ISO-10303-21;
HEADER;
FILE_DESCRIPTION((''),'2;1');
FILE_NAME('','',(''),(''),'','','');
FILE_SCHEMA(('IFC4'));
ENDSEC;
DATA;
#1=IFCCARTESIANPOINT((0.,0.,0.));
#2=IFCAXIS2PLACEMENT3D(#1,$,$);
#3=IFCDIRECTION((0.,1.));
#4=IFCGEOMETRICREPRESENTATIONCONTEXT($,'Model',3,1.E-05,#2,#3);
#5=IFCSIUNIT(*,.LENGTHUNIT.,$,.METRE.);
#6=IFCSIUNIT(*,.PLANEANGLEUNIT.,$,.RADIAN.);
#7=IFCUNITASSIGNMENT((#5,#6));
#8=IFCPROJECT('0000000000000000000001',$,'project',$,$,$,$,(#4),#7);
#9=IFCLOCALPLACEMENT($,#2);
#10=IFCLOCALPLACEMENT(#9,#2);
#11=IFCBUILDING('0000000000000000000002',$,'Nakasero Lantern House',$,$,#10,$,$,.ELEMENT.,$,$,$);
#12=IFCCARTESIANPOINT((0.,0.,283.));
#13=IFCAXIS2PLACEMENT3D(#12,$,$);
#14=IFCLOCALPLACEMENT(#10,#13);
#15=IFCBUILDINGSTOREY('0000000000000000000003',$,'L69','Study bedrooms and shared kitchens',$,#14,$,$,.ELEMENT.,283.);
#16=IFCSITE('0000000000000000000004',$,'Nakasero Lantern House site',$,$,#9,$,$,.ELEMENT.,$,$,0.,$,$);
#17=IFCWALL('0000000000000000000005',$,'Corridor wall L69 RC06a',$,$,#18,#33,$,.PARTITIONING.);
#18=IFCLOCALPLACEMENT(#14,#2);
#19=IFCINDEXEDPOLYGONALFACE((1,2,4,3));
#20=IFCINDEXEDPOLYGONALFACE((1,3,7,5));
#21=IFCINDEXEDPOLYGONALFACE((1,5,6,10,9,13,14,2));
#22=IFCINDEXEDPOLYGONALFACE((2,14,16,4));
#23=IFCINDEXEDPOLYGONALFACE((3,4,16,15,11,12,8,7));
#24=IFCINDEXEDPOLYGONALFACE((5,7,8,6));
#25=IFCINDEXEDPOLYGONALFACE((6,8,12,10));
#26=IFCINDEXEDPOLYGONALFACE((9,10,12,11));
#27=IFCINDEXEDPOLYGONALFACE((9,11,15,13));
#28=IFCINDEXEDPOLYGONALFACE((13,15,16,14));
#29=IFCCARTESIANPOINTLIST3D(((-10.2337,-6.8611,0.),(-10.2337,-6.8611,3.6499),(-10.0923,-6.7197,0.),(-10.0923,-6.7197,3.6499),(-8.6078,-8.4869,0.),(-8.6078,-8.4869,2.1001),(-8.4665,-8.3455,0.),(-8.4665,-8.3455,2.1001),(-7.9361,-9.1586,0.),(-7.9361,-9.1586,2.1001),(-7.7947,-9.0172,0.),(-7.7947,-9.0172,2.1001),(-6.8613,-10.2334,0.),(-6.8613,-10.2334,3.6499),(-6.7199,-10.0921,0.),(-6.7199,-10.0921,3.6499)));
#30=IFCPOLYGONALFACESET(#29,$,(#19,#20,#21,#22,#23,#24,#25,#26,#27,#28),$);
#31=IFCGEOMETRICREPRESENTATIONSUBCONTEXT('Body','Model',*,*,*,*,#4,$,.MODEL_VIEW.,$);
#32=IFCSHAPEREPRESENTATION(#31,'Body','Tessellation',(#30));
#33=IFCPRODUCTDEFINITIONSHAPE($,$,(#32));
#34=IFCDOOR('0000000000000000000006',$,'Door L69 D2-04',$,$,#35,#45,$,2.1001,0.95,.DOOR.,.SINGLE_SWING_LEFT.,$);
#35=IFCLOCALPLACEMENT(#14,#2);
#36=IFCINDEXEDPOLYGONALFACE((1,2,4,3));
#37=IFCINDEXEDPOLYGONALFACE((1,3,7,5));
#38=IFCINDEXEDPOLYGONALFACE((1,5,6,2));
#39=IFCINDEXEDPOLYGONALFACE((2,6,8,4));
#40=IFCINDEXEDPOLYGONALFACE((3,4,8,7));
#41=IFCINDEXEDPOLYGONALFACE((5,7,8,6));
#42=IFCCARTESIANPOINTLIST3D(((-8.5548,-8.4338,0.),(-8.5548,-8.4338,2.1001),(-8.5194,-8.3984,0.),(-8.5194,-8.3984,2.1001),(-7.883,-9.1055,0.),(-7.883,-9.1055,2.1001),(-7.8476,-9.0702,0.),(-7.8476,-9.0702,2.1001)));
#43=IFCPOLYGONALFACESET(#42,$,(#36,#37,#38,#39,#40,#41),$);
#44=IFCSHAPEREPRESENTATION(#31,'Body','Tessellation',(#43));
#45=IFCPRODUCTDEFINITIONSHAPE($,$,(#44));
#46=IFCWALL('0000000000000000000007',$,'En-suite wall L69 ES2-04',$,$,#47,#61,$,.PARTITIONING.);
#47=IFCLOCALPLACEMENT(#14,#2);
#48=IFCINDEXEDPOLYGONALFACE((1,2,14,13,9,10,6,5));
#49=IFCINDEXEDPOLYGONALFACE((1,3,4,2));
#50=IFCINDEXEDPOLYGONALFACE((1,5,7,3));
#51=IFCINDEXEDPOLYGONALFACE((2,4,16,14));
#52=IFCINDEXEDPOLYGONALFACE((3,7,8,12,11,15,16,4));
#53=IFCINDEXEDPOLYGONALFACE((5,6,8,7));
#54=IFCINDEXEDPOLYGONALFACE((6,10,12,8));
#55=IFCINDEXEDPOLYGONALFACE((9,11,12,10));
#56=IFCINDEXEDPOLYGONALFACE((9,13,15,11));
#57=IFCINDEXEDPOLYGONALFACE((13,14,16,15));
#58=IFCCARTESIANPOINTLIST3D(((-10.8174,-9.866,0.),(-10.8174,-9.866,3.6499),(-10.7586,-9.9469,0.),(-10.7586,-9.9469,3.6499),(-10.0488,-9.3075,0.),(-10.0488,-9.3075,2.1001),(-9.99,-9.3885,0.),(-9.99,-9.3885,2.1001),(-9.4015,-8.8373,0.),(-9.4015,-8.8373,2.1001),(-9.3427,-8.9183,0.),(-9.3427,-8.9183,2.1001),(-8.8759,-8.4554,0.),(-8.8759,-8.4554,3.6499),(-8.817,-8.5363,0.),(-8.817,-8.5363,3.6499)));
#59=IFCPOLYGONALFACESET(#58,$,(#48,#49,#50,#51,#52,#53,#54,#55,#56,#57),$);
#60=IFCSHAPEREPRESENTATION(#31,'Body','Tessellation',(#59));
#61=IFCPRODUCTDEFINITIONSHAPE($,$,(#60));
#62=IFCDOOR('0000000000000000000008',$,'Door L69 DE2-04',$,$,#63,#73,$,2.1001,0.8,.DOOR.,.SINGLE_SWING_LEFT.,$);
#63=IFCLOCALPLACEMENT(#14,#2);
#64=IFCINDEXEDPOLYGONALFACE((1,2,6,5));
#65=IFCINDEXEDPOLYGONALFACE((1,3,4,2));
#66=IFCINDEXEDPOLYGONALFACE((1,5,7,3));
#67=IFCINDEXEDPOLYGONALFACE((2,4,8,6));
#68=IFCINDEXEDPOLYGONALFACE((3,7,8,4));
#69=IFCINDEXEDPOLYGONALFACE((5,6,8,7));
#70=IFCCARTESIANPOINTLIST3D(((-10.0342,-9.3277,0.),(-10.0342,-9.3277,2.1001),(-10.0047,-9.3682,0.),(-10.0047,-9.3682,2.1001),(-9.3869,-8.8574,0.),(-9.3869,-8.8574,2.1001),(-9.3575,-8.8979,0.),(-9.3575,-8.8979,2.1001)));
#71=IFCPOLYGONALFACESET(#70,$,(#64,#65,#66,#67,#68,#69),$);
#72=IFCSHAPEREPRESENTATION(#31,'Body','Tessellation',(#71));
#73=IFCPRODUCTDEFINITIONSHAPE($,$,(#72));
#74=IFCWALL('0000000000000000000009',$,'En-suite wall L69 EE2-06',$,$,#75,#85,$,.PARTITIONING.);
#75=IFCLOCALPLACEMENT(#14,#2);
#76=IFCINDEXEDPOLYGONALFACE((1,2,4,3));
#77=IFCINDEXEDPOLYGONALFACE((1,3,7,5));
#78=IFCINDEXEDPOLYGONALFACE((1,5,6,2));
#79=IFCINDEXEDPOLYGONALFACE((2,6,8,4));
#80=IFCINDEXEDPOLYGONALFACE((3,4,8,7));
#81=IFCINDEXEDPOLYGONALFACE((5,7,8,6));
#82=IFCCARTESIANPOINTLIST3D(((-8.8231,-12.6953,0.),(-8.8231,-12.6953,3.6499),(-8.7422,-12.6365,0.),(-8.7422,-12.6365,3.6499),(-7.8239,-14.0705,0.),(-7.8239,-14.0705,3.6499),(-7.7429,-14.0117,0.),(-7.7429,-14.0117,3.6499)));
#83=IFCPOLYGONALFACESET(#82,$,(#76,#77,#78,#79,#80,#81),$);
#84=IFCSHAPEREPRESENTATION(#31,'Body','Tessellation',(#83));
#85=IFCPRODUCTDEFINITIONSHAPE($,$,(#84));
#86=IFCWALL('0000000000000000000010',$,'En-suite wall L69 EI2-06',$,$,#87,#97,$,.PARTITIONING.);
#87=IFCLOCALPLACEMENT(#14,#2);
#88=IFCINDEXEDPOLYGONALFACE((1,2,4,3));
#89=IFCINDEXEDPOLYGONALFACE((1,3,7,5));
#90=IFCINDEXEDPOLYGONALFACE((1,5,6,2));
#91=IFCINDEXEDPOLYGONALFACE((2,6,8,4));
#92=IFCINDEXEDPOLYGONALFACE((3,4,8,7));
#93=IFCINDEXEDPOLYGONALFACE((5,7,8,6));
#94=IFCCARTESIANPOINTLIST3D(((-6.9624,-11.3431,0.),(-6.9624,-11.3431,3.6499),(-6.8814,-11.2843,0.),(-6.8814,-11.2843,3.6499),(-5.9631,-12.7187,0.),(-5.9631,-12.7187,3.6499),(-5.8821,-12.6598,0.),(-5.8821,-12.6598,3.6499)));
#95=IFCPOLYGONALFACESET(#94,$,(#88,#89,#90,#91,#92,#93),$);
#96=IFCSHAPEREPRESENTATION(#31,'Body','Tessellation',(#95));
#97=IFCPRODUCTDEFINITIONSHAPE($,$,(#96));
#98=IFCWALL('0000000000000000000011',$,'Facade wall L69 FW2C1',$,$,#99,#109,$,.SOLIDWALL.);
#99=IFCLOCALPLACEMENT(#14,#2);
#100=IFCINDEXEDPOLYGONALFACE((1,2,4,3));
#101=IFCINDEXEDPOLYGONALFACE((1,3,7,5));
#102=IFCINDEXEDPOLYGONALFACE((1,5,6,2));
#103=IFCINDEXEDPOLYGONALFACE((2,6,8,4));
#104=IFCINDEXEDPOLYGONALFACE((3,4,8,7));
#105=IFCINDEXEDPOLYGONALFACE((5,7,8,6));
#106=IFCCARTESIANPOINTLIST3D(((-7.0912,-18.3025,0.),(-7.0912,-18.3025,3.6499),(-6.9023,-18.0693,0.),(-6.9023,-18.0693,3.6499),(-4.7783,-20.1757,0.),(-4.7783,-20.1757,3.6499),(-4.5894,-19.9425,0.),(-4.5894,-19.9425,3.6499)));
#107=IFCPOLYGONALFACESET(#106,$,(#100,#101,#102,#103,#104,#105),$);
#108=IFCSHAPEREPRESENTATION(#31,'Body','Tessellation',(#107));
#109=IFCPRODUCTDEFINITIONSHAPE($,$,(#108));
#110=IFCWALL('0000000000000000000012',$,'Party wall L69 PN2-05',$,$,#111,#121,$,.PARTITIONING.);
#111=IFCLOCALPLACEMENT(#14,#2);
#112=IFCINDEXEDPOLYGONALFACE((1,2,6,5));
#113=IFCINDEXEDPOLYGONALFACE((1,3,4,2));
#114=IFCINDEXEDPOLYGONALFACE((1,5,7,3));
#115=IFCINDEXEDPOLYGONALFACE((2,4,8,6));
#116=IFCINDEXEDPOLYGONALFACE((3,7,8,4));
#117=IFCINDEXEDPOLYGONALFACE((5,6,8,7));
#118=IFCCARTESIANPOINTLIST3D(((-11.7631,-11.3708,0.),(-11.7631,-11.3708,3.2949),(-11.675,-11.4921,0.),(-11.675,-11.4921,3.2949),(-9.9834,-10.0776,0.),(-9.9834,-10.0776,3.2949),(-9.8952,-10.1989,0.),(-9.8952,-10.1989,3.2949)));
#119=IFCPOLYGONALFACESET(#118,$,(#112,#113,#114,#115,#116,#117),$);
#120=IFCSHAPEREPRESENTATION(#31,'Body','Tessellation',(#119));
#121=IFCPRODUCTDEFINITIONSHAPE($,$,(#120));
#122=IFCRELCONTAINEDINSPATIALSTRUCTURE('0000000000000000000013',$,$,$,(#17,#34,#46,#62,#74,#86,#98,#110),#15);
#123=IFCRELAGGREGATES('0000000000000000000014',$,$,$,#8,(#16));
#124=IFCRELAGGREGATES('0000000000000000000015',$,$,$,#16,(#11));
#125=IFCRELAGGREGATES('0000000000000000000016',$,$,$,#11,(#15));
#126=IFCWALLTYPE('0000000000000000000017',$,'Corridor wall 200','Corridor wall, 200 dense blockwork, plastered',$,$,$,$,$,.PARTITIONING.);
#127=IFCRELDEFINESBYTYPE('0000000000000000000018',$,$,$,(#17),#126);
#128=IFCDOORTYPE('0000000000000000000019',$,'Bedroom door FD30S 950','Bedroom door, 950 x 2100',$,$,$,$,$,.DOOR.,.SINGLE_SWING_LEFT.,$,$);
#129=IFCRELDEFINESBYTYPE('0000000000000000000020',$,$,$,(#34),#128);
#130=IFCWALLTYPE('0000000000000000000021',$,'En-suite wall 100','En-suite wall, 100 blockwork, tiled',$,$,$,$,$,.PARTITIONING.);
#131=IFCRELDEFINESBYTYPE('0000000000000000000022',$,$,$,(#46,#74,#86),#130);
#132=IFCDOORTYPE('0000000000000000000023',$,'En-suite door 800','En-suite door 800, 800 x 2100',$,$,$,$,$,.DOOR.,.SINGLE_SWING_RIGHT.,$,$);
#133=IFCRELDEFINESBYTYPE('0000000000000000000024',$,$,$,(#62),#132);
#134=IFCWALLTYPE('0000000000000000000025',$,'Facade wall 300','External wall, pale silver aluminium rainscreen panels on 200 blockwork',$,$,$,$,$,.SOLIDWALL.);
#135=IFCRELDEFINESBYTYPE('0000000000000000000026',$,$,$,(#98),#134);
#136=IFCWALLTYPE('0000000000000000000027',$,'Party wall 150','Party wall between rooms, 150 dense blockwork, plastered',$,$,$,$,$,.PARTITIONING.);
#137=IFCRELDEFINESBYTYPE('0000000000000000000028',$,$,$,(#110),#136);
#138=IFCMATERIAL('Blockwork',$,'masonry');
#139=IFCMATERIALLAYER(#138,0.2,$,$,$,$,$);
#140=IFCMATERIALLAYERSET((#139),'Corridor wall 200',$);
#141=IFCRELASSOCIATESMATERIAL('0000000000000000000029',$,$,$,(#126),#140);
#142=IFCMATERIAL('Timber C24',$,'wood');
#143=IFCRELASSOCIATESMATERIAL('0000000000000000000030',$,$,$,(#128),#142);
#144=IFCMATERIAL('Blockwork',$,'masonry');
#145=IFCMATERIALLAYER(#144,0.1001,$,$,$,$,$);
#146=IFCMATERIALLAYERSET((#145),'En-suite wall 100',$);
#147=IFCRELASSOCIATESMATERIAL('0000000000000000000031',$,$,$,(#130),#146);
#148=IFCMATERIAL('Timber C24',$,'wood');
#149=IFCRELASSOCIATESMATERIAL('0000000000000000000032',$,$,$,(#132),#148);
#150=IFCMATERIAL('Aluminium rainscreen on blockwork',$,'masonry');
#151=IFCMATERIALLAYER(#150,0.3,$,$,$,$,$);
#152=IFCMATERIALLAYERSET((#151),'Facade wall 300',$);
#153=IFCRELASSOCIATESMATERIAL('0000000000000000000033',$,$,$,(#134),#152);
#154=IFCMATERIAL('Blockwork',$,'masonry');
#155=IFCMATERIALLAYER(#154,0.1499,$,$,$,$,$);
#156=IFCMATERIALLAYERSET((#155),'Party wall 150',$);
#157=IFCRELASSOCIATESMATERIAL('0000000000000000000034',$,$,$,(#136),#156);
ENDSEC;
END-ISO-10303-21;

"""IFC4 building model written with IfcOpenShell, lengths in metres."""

from ifc_helpers import new_model, si_unit, direction, frame, frame_2d, origin, place, context, subcontext, project, spatial, rectangle, extrude, material, layer, layer_set, type_object, element, fill, save


model = new_model("IFC4")

# Units and contexts
model_context = context("Model", 3, precision=1e-05, world=origin(), true_north=direction((0.0, 1.0)))
body_context = subcontext(model_context, "Body", "Model", "MODEL_VIEW")
ifc_project = project(units=[si_unit("LENGTHUNIT", "METRE"), si_unit("PLANEANGLEUNIT", "RADIAN")], contexts=[model_context])

# Site, building, storey
site_placement = place(None, origin())
site = spatial("IfcSite", under=ifc_project, at=site_placement, Name="Nakasero Lantern House site", CompositionType="ELEMENT", RefElevation=0.0)
building_placement = place(site_placement, origin())
building = spatial("IfcBuilding", under=site, at=building_placement, Name="Nakasero Lantern House", CompositionType="ELEMENT")
storey_placement = place(building_placement, frame((0.0, 0.0, 283.0)))
storey = spatial("IfcBuildingStorey", under=building, at=storey_placement, Name="L69", Description="Study bedrooms and shared kitchens", CompositionType="ELEMENT", Elevation=283.0)

# Walls, openings, doors
ifc_material_1 = material(Name="Blockwork", Category="masonry")
ifc_layer_1 = layer(ifc_material_1, 0.2)
ifc_layer_set_1 = layer_set([ifc_layer_1], Name="Corridor wall 200")
wall_type_1 = type_object("IfcWallType", Name="Corridor wall 200", Description="Corridor wall, 200 dense blockwork, plastered", PredefinedType="PARTITIONING", material=ifc_layer_set_1)
wall_1_placement = place(storey_placement, frame((-6.7905, -10.1628, 0.0), z_axis=(0.0, 0.0, 1.0), x_axis=(-0.707107, 0.707107, 0.0)))
wall_1 = element("IfcWall", 1, at=wall_1_placement, inside=storey, type_object=wall_type_1, Name="Corridor wall L69 RC06a", PredefinedType="PARTITIONING", context=body_context, shape_type="SweptSolid", body=[
    extrude(rectangle(XDim=4.7693, YDim=0.2, at=frame_2d((2.3848, 0.0))), origin(), (0.0, 0.0, 1.0), 3.6499),
])
opening_1_placement = place(wall_1_placement, frame((1.52, 0.0, 0.0)))
opening_1 = element("IfcOpeningElement", 2, at=opening_1_placement, cuts=wall_1, PredefinedType="OPENING", context=body_context, shape_type="SweptSolid", body=[
    extrude(rectangle(XDim=0.95, YDim=2.1001, at=frame_2d((0.4751, 1.05))), frame((0.0, 0.1199, 0.0), z_axis=(0.0, -1.0, 0.0), x_axis=(1.0, 0.0, 0.0)), (0.0, 0.0, 1.0), 0.24),
])
ifc_material_2 = material(Name="Timber C24", Category="wood")
door_type_1 = type_object("IfcDoorType", Name="Bedroom door FD30S 950", Description="Bedroom door, 950 x 2100", OperationType="SINGLE_SWING_LEFT", PredefinedType="DOOR", material=ifc_material_2)
door_1_placement = place(opening_1_placement, origin())
door_1 = element("IfcDoor", 3, at=door_1_placement, inside=storey, type_object=door_type_1, Name="Door L69 D2-04", OperationType="SINGLE_SWING_LEFT", OverallHeight=2.1001, OverallWidth=0.95, PredefinedType="DOOR", context=body_context, shape_type="SweptSolid", body=[
    extrude(rectangle(XDim=0.95, YDim=2.1001, at=frame_2d((0.4751, 1.05))), frame((0.0, 0.0249, 0.0), z_axis=(0.0, -1.0, 0.0), x_axis=(1.0, 0.0, 0.0)), (0.0, 0.0, 1.0), 0.05),
])
fill(opening_1, door_1)
ifc_material_3 = material(Name="Blockwork", Category="masonry")
ifc_layer_2 = layer(ifc_material_3, 0.1001)
ifc_layer_set_2 = layer_set([ifc_layer_2], Name="En-suite wall 100")
wall_type_2 = type_object("IfcWallType", Name="En-suite wall 100", Description="En-suite wall, 100 blockwork, tiled", PredefinedType="PARTITIONING", material=ifc_layer_set_2)
wall_2_placement = place(storey_placement, frame((-8.8464, -8.4958, 0.0), z_axis=(0.0, 0.0, 1.0), x_axis=(-0.809026, -0.587772, 0.0)))
wall_2 = element("IfcWall", 4, at=wall_2_placement, inside=storey, type_object=wall_type_2, Name="En-suite wall L69 ES2-04", PredefinedType="PARTITIONING", context=body_context, shape_type="SweptSolid", body=[
    extrude(rectangle(XDim=2.3999, YDim=0.1001, at=frame_2d((1.2, 0.0))), origin(), (0.0, 0.0, 1.0), 3.6499),
])
opening_2_placement = place(wall_2_placement, frame((0.6499, 0.0, 0.0)))
opening_2 = element("IfcOpeningElement", 5, at=opening_2_placement, cuts=wall_2, PredefinedType="OPENING", context=body_context, shape_type="SweptSolid", body=[
    extrude(rectangle(XDim=0.8, YDim=2.1001, at=frame_2d((0.3999, 1.05))), frame((0.0, 0.0701, 0.0), z_axis=(0.0, -1.0, 0.0), x_axis=(1.0, 0.0, 0.0)), (0.0, 0.0, 1.0), 0.1401),
])
ifc_material_4 = material(Name="Timber C24", Category="wood")
door_type_2 = type_object("IfcDoorType", Name="En-suite door 800", Description="En-suite door 800, 800 x 2100", OperationType="SINGLE_SWING_RIGHT", PredefinedType="DOOR", material=ifc_material_4)
door_2_placement = place(opening_2_placement, origin())
door_2 = element("IfcDoor", 6, at=door_2_placement, inside=storey, type_object=door_type_2, Name="Door L69 DE2-04", OperationType="SINGLE_SWING_LEFT", OverallHeight=2.1001, OverallWidth=0.8, PredefinedType="DOOR", context=body_context, shape_type="SweptSolid", body=[
    extrude(rectangle(XDim=0.8, YDim=2.1001, at=frame_2d((0.3999, 1.05))), frame((0.0, 0.0249, 0.0), z_axis=(0.0, -1.0, 0.0), x_axis=(1.0, 0.0, 0.0)), (0.0, 0.0, 1.0), 0.05),
])
fill(opening_2, door_2)

# Walls
wall_3_placement = place(storey_placement, frame((-8.7827, -12.6658, 0.0), z_axis=(0.0, 0.0, 1.0), x_axis=(0.587822, -0.808991, 0.0)))
element("IfcWall", 7, at=wall_3_placement, inside=storey, type_object=wall_type_2, Name="En-suite wall L69 EE2-06", PredefinedType="PARTITIONING", context=body_context, shape_type="SweptSolid", body=[
    extrude(rectangle(XDim=1.7, YDim=0.1001, at=frame_2d((0.8501, 0.0))), origin(), (0.0, 0.0, 1.0), 3.6499),
])
wall_4_placement = place(storey_placement, frame((-6.9219, -11.3137, 0.0), z_axis=(0.0, 0.0, 1.0), x_axis=(0.587753, -0.80904, 0.0)))
element("IfcWall", 8, at=wall_4_placement, inside=storey, type_object=wall_type_2, Name="En-suite wall L69 EI2-06", PredefinedType="PARTITIONING", context=body_context, shape_type="SweptSolid", body=[
    extrude(rectangle(XDim=1.7002, YDim=0.1001, at=frame_2d((0.8501, 0.0))), origin(), (0.0, 0.0, 1.0), 3.6499),
])
ifc_material_5 = material(Name="Aluminium rainscreen on blockwork", Category="masonry")
ifc_layer_3 = layer(ifc_material_5, 0.3)
ifc_layer_set_3 = layer_set([ifc_layer_3], Name="Facade wall 300")
wall_type_3 = type_object("IfcWallType", Name="Facade wall 300", Description="External wall, pale silver aluminium rainscreen panels on 200 blockwork", PredefinedType="SOLIDWALL", material=ifc_layer_set_3)
wall_5_placement = place(storey_placement, frame((-6.9968, -18.1858, 0.0), z_axis=(0.0, 0.0, 1.0), x_axis=(0.777102, -0.629375, 0.0)))
element("IfcWall", 9, at=wall_5_placement, inside=storey, type_object=wall_type_3, Name="Facade wall L69 FW2C1", PredefinedType="SOLIDWALL", context=body_context, shape_type="SweptSolid", body=[
    extrude(rectangle(XDim=2.9763, YDim=0.3, at=frame_2d((1.4883, 0.0))), origin(), (0.0, 0.0, 1.0), 3.6499),
])
ifc_material_6 = material(Name="Blockwork", Category="masonry")
ifc_layer_4 = layer(ifc_material_6, 0.1499)
ifc_layer_set_4 = layer_set([ifc_layer_4], Name="Party wall 150")
wall_type_4 = type_object("IfcWallType", Name="Party wall 150", Description="Party wall between rooms, 150 dense blockwork, plastered", PredefinedType="PARTITIONING", material=ifc_layer_set_4)
wall_6_placement = place(storey_placement, frame((-9.9392, -10.1382, 0.0), z_axis=(0.0, 0.0, 1.0), x_axis=(-0.80899, -0.587822, 0.0)))
element("IfcWall", 10, at=wall_6_placement, inside=storey, type_object=wall_type_4, Name="Party wall L69 PN2-05", PredefinedType="PARTITIONING", context=body_context, shape_type="SweptSolid", body=[
    extrude(rectangle(XDim=2.2, YDim=0.1499, at=frame_2d((1.1001, 0.0))), origin(), (0.0, 0.0, 1.0), 3.2949),
])

save(model, "model.ifc")
